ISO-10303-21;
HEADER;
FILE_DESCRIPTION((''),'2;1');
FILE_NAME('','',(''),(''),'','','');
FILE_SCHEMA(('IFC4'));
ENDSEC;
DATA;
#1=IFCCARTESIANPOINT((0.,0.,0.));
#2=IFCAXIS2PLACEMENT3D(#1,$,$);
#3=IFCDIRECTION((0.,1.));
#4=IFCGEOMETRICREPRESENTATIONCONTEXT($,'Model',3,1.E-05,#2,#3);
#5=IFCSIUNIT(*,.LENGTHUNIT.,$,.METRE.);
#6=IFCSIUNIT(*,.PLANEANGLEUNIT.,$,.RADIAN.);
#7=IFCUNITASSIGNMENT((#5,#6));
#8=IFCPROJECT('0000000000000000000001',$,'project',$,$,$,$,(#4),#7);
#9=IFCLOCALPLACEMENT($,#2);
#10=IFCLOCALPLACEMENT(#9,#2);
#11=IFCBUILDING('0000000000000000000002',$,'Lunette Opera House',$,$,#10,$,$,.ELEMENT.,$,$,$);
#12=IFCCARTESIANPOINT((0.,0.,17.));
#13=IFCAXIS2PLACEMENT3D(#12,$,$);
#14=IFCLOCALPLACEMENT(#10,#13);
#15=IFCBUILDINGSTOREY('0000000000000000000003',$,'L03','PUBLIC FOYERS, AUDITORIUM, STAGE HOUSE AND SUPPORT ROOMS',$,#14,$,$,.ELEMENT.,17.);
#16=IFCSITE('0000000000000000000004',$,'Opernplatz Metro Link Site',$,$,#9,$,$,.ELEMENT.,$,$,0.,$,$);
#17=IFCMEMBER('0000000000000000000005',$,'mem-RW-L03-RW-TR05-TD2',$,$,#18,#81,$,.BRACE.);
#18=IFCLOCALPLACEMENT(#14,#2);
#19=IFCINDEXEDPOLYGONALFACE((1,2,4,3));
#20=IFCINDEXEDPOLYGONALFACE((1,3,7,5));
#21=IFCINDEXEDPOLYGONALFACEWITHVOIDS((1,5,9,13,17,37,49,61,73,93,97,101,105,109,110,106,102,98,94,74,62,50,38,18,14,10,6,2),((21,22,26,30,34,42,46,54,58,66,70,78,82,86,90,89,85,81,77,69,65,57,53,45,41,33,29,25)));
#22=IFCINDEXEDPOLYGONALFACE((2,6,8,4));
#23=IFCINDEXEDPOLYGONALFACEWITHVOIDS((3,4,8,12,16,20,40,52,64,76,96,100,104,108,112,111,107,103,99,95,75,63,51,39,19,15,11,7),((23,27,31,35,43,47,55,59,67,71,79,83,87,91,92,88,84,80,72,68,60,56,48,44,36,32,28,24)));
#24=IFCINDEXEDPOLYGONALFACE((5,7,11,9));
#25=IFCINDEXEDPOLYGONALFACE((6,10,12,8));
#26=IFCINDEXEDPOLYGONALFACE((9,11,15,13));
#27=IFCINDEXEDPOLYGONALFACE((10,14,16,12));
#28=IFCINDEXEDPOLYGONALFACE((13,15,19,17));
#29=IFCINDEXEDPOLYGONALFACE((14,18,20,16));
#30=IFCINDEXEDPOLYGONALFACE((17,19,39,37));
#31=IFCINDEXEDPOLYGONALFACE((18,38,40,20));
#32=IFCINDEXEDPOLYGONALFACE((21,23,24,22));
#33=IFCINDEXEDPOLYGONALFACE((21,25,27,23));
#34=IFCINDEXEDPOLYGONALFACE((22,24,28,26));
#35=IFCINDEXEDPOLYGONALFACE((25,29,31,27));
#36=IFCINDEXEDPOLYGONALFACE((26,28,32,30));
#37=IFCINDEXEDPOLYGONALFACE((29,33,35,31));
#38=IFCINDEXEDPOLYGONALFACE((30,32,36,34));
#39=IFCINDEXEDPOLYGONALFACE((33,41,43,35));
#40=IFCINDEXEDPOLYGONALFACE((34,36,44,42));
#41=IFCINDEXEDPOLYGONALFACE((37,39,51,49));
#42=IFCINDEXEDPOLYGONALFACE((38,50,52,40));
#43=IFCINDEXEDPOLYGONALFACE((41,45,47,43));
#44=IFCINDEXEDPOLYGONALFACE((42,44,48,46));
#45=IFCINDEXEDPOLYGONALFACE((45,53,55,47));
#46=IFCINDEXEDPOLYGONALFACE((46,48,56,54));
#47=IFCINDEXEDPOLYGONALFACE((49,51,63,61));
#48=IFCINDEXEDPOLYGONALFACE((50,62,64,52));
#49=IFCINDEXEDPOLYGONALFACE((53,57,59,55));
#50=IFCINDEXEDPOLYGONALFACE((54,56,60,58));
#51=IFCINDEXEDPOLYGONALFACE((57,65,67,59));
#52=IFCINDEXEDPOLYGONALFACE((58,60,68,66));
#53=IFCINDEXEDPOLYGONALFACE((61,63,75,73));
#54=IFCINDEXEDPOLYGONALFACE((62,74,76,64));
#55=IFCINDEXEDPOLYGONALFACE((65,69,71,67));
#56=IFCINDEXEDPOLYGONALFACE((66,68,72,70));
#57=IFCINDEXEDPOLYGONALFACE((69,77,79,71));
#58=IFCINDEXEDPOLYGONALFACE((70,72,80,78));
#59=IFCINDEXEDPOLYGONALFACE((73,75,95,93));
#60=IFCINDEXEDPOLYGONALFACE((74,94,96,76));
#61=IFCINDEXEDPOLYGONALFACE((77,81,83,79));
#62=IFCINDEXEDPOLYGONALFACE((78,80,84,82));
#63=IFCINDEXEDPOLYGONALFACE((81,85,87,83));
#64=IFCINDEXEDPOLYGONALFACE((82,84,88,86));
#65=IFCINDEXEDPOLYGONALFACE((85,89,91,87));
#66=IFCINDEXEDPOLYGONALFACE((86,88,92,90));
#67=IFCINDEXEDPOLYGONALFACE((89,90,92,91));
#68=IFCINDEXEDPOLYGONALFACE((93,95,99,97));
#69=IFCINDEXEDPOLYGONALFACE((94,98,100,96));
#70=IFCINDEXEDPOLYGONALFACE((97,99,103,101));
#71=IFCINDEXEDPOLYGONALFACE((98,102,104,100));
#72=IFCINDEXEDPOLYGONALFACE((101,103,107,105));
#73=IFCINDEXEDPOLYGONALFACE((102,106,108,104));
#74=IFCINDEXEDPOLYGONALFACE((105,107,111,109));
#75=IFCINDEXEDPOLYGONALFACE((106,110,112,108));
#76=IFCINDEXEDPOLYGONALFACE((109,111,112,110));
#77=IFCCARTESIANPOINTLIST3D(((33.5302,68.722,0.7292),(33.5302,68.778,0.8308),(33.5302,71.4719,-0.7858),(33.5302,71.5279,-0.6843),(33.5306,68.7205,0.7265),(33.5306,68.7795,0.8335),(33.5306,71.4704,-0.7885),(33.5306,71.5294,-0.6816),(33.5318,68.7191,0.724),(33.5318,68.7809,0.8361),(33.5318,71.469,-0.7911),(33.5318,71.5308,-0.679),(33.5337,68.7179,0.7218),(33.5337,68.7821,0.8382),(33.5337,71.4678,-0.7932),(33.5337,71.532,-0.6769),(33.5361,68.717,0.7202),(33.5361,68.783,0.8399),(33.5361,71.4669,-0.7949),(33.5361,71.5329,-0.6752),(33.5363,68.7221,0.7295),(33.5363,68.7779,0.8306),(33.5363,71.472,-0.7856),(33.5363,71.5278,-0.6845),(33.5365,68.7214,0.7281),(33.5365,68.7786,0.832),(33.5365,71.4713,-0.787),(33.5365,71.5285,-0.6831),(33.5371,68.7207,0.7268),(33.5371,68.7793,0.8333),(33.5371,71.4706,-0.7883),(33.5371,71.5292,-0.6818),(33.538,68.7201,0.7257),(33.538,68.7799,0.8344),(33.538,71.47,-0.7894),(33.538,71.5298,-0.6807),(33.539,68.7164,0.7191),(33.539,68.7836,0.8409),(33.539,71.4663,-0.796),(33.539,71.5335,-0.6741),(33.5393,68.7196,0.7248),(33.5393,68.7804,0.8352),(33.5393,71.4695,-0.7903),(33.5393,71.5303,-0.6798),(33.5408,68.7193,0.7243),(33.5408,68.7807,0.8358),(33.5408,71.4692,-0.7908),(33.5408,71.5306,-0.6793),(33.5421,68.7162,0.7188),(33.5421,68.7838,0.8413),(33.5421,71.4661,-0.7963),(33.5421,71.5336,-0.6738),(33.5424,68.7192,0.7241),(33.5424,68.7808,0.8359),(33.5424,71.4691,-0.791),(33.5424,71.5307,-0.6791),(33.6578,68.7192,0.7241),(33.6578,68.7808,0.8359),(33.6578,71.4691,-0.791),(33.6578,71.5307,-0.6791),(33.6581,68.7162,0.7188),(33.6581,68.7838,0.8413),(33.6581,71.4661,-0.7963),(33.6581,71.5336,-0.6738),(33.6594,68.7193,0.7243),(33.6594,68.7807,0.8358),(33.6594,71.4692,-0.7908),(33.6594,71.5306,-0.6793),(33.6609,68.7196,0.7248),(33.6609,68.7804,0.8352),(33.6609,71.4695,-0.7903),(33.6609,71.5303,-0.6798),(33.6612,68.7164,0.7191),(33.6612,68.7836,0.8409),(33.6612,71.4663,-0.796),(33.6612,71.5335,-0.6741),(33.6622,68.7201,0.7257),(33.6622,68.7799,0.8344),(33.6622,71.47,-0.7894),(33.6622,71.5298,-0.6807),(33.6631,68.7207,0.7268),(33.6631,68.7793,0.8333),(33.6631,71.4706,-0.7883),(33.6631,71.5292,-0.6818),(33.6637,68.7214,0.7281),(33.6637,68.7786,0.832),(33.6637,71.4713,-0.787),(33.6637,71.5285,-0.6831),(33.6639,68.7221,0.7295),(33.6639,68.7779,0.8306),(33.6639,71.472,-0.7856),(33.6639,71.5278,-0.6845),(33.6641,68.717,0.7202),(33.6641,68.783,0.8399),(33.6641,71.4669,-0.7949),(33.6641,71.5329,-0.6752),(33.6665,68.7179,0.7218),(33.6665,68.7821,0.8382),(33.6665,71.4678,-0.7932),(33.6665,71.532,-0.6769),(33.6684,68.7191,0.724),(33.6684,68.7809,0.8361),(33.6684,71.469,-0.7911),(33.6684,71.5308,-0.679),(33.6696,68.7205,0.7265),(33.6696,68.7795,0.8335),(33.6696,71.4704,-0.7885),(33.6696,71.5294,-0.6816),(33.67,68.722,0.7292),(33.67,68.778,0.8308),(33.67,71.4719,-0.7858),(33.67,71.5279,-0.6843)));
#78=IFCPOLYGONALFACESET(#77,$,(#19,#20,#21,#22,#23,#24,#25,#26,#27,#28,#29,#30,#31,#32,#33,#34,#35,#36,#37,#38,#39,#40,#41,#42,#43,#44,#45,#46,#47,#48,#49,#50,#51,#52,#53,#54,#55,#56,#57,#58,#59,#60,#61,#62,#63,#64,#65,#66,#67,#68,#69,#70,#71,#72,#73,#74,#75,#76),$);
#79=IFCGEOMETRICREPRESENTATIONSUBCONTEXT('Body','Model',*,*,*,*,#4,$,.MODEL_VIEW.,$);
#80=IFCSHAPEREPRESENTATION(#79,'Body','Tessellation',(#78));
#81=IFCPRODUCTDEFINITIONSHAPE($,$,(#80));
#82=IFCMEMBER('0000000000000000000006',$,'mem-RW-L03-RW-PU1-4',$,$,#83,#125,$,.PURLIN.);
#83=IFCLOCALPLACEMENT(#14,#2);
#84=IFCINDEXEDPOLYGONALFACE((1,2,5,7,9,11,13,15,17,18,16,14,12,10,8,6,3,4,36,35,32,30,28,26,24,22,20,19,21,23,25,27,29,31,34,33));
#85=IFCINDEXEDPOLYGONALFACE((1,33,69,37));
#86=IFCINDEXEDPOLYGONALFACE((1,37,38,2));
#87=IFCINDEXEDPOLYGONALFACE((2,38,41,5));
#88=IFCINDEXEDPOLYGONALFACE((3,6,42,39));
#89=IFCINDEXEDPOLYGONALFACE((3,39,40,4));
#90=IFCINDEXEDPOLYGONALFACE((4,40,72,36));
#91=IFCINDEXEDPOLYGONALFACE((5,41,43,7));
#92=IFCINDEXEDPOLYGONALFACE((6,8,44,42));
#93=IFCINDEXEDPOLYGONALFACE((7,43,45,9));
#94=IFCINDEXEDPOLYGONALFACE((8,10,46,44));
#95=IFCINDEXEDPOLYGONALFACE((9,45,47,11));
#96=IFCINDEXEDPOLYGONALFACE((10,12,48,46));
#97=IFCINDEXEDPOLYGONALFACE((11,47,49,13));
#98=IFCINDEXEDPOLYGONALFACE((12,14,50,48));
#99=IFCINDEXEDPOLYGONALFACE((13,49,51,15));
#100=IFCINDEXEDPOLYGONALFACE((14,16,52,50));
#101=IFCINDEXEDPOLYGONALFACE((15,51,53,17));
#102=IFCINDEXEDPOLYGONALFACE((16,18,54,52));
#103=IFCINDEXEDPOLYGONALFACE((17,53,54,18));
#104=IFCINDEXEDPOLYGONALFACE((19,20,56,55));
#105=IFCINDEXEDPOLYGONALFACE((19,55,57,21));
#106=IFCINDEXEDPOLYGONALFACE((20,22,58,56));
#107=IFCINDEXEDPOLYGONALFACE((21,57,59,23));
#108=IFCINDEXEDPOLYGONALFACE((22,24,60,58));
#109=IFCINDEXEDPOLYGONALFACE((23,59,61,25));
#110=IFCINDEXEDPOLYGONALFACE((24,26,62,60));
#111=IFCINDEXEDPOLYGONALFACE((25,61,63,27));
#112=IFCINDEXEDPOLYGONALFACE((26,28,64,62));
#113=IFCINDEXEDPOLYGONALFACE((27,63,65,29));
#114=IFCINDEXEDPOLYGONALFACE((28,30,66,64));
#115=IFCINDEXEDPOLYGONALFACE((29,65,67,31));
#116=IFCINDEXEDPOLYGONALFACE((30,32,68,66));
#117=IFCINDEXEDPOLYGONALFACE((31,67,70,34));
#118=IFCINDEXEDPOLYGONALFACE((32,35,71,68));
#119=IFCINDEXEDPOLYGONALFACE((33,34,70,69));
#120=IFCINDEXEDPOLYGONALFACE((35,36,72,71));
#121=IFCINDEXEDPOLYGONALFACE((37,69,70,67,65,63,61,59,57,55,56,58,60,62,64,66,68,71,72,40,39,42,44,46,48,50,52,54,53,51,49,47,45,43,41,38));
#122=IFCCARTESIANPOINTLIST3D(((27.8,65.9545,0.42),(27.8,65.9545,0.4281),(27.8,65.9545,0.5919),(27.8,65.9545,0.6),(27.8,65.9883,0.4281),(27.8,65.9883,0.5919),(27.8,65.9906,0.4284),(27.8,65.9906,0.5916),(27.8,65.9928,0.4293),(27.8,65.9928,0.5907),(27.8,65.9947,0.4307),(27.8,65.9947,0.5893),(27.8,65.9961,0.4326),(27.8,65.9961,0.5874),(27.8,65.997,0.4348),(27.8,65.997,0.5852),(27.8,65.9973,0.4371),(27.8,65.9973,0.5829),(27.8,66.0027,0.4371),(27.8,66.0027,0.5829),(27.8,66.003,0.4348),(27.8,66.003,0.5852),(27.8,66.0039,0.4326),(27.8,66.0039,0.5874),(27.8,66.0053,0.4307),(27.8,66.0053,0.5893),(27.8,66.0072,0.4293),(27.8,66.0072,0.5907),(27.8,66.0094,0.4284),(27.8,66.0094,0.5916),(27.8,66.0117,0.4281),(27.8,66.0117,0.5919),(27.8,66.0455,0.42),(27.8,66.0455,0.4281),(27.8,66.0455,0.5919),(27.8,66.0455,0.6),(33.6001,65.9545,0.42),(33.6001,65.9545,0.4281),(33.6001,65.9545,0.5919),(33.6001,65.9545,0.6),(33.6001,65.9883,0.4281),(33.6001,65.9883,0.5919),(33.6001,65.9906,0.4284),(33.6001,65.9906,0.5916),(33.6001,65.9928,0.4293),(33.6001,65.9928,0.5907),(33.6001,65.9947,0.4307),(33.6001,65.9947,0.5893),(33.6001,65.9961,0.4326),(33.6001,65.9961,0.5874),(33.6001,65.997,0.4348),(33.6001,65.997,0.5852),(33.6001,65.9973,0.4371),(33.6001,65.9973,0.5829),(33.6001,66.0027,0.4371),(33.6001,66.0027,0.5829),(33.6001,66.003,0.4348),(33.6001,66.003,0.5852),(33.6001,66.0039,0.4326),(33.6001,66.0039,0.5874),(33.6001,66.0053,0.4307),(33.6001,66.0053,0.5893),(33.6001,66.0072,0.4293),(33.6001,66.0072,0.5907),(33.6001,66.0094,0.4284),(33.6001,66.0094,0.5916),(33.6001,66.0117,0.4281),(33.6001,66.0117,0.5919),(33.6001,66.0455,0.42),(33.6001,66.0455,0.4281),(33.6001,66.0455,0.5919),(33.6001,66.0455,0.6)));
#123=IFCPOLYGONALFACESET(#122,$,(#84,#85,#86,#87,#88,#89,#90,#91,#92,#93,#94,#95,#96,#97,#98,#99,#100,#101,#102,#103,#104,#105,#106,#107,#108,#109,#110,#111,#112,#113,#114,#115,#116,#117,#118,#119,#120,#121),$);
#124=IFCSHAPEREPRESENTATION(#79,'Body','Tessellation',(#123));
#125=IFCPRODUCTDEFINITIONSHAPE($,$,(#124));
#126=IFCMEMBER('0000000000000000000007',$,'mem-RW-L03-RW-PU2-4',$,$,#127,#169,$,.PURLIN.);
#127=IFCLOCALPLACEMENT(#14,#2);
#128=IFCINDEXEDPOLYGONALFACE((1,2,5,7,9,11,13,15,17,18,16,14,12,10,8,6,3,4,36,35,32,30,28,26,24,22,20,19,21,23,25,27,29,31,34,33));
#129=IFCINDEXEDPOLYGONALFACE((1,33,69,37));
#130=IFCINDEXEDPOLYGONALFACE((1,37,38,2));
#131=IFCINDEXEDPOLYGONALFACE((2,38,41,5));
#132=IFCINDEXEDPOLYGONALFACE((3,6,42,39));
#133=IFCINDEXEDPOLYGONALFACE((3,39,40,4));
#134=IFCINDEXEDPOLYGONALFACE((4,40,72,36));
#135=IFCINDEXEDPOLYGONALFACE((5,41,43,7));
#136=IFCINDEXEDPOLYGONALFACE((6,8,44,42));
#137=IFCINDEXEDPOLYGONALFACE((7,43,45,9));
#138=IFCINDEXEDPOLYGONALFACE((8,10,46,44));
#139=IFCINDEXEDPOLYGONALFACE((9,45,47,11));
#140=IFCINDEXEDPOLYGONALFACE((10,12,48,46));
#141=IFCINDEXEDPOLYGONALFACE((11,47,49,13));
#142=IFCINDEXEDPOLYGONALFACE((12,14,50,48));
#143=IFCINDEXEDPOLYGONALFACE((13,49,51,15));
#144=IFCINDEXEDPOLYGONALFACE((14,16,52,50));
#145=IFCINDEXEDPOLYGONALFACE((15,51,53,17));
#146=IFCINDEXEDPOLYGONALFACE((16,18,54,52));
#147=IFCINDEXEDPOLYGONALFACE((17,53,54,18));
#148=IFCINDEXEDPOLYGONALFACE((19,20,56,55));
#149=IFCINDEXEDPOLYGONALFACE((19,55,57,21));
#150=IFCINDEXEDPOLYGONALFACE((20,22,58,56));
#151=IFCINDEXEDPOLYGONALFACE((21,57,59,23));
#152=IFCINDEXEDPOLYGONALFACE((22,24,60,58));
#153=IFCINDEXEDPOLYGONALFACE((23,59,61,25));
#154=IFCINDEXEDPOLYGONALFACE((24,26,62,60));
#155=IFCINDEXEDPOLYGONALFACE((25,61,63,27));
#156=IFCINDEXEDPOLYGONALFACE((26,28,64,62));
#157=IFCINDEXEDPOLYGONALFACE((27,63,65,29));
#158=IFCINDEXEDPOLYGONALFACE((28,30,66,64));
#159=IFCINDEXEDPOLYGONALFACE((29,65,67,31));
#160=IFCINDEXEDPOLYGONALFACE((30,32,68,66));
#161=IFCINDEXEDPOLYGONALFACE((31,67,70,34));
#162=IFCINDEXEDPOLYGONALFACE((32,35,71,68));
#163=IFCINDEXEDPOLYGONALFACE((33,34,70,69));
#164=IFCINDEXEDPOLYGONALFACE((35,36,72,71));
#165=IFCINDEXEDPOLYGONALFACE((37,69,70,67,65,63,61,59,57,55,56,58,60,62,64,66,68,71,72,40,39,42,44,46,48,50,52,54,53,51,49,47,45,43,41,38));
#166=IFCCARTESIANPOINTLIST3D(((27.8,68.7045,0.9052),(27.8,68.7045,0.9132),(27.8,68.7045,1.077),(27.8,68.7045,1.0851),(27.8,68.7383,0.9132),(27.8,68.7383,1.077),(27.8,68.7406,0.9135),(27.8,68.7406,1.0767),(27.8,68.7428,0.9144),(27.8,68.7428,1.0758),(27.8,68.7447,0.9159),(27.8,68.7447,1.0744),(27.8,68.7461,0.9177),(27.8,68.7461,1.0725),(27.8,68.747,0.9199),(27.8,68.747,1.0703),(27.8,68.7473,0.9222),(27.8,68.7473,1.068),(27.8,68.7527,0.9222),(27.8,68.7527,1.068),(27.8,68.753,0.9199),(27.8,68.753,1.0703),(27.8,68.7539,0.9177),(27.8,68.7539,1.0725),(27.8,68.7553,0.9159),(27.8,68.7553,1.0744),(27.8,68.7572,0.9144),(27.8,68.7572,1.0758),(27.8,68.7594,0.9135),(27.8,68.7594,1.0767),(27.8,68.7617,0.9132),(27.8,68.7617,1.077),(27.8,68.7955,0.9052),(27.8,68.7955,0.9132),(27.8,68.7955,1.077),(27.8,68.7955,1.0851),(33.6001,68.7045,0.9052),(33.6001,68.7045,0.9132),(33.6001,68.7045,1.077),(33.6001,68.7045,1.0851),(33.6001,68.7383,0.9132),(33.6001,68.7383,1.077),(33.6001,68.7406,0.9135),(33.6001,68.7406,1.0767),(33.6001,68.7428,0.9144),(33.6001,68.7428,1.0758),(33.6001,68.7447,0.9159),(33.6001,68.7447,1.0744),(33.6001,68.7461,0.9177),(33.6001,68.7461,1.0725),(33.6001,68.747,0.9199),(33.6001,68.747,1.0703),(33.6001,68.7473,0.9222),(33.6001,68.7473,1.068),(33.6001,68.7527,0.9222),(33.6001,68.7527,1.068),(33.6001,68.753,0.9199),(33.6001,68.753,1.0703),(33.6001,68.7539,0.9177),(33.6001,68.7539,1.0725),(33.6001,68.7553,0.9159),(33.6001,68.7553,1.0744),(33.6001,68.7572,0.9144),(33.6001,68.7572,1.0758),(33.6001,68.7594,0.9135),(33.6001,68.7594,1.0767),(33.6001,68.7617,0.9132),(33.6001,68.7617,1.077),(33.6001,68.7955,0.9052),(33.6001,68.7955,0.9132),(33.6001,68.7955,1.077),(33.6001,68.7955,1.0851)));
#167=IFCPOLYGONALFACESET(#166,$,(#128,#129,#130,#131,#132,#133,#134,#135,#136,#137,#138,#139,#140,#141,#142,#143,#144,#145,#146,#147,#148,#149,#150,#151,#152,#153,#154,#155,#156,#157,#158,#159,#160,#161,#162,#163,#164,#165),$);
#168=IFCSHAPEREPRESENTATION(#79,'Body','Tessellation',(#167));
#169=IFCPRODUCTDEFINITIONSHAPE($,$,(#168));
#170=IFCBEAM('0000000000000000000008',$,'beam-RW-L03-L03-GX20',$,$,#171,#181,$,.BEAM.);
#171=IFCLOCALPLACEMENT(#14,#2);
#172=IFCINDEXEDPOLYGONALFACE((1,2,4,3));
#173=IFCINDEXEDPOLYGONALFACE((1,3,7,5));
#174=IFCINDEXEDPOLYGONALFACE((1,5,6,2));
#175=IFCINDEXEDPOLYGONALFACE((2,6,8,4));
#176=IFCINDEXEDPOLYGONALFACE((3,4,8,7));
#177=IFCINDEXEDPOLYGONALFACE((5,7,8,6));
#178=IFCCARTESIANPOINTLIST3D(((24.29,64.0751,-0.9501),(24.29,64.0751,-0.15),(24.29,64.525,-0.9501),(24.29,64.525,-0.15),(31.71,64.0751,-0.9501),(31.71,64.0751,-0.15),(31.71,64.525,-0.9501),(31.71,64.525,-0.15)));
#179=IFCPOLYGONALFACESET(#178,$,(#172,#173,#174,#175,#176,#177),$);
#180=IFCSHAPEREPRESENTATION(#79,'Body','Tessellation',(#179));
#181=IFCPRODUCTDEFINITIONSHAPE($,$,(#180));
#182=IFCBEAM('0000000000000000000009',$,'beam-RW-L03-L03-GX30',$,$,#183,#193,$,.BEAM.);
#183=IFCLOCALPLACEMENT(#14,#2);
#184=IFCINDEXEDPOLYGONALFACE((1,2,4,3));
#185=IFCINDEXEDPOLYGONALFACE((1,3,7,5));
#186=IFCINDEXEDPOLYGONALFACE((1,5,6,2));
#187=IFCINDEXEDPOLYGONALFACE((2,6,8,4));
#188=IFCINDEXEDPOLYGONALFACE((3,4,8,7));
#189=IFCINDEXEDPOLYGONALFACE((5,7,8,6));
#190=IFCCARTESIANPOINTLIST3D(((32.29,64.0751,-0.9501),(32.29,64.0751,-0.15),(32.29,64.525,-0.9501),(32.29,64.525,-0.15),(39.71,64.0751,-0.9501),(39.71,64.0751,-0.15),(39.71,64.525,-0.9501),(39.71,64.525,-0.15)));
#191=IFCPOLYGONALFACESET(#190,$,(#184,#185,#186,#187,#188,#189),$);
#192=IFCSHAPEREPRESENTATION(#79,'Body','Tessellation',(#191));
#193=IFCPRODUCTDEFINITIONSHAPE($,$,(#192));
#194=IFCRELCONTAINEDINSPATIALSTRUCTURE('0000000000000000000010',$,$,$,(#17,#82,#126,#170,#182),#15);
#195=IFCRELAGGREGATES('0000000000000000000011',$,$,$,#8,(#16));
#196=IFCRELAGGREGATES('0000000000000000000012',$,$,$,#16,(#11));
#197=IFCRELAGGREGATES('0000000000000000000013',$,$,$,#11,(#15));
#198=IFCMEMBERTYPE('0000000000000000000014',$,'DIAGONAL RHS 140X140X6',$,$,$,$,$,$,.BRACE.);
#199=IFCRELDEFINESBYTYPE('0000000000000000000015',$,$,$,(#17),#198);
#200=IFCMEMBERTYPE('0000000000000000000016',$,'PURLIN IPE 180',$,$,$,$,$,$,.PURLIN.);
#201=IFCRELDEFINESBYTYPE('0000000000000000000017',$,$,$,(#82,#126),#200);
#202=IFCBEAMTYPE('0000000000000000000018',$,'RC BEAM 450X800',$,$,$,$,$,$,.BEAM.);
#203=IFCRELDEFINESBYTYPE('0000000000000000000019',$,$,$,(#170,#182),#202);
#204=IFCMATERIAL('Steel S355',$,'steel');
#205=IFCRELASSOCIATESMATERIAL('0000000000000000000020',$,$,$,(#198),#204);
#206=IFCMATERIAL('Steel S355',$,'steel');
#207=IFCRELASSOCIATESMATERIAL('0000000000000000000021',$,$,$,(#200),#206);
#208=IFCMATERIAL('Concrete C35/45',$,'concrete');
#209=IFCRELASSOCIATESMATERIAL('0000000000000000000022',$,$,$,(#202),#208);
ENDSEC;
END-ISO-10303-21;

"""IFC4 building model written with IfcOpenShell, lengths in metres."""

from ifc_helpers import new_model, si_unit, direction, frame, origin, origin_2d, place, context, subcontext, project, spatial, rectangle, hollow_rectangle, i_section, extrude, material, material_profile, profile_set, type_object, element, save


model = new_model("IFC4")

# Units and contexts
model_context = context("Model", 3, precision=1e-05, world=origin(), true_north=direction((0.0, 1.0)))
body_context = subcontext(model_context, "Body", "Model", "MODEL_VIEW")
ifc_project = project(units=[si_unit("LENGTHUNIT", "METRE"), si_unit("PLANEANGLEUNIT", "RADIAN")], contexts=[model_context])

# Site, building, storey
site_placement = place(None, origin())
site = spatial("IfcSite", under=ifc_project, at=site_placement, Name="Opernplatz Metro Link Site", CompositionType="ELEMENT", RefElevation=0.0)
building_placement = place(site_placement, origin())
building = spatial("IfcBuilding", under=site, at=building_placement, Name="Lunette Opera House", CompositionType="ELEMENT")
storey_placement = place(building_placement, frame((0.0, 0.0, 17.0)))
storey = spatial("IfcBuildingStorey", under=building, at=storey_placement, Name="L03", Description="PUBLIC FOYERS, AUDITORIUM, STAGE HOUSE AND SUPPORT ROOMS", CompositionType="ELEMENT", Elevation=17.0)

# Members
ifc_material_1 = material(Name="Steel S355", Category="steel")
ifc_material_profile_1 = material_profile(ifc_material_1, hollow_rectangle(XDim=0.1399, YDim=0.1399, WallThickness=0.0061, InnerFilletRadius=0.0061, OuterFilletRadius=0.012, at=origin_2d()), Name="RHS 140X140X6")
ifc_profile_set_1 = profile_set([ifc_material_profile_1], Name="Steel S355")
member_type_1 = type_object("IfcMemberType", Name="DIAGONAL RHS 140X140X6", PredefinedType="BRACE", material=ifc_profile_set_1)
member_1_placement = place(storey_placement, frame((33.6001, 68.75, 0.78), z_axis=(0.0, 0.875861, -0.482563), x_axis=(-1.0, 0.0, 0.0)))
element("IfcMember", 1, at=member_1_placement, inside=storey, type_object=member_type_1, Name="mem-RW-L03-RW-TR05-TD2", PredefinedType="BRACE", context=body_context, shape_type="SweptSolid", body=[
    extrude(hollow_rectangle(XDim=0.1399, YDim=0.1399, WallThickness=0.0061, InnerFilletRadius=0.0061, OuterFilletRadius=0.012, at=origin_2d()), origin(), (0.0, 0.0, 1.0), 3.1396),
])
ifc_material_2 = material(Name="Steel S355", Category="steel")
ifc_material_profile_2 = material_profile(ifc_material_2, i_section(OverallWidth=0.0911, OverallDepth=0.1799, WebThickness=0.0054, FlangeThickness=0.0081, FilletRadius=0.009, at=origin_2d()), Name="IPE 180")
ifc_profile_set_2 = profile_set([ifc_material_profile_2], Name="Steel S355")
member_type_2 = type_object("IfcMemberType", Name="PURLIN IPE 180", PredefinedType="PURLIN", material=ifc_profile_set_2)
for number, where, z_axis, x_axis, name in (
    (2, (27.8, 66.0, 0.51), (1.0, 0.0, 0.0), (0.0, 1.0, 0.0), "mem-RW-L03-RW-PU1-4"),
    (3, (27.8, 68.75, 0.9951), (1.0, 0.0, 0.0), (0.0, 1.0, 0.0), "mem-RW-L03-RW-PU2-4"),
):
    element("IfcMember", number, at=place(storey_placement, frame(where, z_axis=z_axis, x_axis=x_axis)), inside=storey, type_object=member_type_2, Name=name, PredefinedType="PURLIN", context=body_context, shape_type="SweptSolid", body=[
        extrude(i_section(OverallWidth=0.0911, OverallDepth=0.1799, WebThickness=0.0054, FlangeThickness=0.0081, FilletRadius=0.009, at=origin_2d()), origin(), (0.0, 0.0, 1.0), 5.8),
    ])

# Beams
ifc_material_3 = material(Name="Concrete C35/45", Category="concrete")
ifc_material_profile_3 = material_profile(ifc_material_3, rectangle(XDim=0.45, YDim=0.8, at=origin_2d()), Name="RC BEAM 450X800")
ifc_profile_set_3 = profile_set([ifc_material_profile_3], Name="Concrete C35/45")
beam_type = type_object("IfcBeamType", Name="RC BEAM 450X800", PredefinedType="BEAM", material=ifc_profile_set_3)
for number, where, z_axis, x_axis, name in (
    (4, (24.29, 64.3, -0.55), (1.0, 0.0, 0.0), (0.0, 1.0, 0.0), "beam-RW-L03-L03-GX20"),
    (5, (32.29, 64.3, -0.55), (1.0, 0.0, 0.0), (0.0, 1.0, 0.0), "beam-RW-L03-L03-GX30"),
):
    element("IfcBeam", number, at=place(storey_placement, frame(where, z_axis=z_axis, x_axis=x_axis)), inside=storey, type_object=beam_type, Name=name, PredefinedType="BEAM", context=body_context, shape_type="SweptSolid", body=[
        extrude(rectangle(XDim=0.45, YDim=0.8, at=origin_2d()), origin(), (0.0, 0.0, 1.0), 7.4199),
    ])

save(model, "model.ifc")
